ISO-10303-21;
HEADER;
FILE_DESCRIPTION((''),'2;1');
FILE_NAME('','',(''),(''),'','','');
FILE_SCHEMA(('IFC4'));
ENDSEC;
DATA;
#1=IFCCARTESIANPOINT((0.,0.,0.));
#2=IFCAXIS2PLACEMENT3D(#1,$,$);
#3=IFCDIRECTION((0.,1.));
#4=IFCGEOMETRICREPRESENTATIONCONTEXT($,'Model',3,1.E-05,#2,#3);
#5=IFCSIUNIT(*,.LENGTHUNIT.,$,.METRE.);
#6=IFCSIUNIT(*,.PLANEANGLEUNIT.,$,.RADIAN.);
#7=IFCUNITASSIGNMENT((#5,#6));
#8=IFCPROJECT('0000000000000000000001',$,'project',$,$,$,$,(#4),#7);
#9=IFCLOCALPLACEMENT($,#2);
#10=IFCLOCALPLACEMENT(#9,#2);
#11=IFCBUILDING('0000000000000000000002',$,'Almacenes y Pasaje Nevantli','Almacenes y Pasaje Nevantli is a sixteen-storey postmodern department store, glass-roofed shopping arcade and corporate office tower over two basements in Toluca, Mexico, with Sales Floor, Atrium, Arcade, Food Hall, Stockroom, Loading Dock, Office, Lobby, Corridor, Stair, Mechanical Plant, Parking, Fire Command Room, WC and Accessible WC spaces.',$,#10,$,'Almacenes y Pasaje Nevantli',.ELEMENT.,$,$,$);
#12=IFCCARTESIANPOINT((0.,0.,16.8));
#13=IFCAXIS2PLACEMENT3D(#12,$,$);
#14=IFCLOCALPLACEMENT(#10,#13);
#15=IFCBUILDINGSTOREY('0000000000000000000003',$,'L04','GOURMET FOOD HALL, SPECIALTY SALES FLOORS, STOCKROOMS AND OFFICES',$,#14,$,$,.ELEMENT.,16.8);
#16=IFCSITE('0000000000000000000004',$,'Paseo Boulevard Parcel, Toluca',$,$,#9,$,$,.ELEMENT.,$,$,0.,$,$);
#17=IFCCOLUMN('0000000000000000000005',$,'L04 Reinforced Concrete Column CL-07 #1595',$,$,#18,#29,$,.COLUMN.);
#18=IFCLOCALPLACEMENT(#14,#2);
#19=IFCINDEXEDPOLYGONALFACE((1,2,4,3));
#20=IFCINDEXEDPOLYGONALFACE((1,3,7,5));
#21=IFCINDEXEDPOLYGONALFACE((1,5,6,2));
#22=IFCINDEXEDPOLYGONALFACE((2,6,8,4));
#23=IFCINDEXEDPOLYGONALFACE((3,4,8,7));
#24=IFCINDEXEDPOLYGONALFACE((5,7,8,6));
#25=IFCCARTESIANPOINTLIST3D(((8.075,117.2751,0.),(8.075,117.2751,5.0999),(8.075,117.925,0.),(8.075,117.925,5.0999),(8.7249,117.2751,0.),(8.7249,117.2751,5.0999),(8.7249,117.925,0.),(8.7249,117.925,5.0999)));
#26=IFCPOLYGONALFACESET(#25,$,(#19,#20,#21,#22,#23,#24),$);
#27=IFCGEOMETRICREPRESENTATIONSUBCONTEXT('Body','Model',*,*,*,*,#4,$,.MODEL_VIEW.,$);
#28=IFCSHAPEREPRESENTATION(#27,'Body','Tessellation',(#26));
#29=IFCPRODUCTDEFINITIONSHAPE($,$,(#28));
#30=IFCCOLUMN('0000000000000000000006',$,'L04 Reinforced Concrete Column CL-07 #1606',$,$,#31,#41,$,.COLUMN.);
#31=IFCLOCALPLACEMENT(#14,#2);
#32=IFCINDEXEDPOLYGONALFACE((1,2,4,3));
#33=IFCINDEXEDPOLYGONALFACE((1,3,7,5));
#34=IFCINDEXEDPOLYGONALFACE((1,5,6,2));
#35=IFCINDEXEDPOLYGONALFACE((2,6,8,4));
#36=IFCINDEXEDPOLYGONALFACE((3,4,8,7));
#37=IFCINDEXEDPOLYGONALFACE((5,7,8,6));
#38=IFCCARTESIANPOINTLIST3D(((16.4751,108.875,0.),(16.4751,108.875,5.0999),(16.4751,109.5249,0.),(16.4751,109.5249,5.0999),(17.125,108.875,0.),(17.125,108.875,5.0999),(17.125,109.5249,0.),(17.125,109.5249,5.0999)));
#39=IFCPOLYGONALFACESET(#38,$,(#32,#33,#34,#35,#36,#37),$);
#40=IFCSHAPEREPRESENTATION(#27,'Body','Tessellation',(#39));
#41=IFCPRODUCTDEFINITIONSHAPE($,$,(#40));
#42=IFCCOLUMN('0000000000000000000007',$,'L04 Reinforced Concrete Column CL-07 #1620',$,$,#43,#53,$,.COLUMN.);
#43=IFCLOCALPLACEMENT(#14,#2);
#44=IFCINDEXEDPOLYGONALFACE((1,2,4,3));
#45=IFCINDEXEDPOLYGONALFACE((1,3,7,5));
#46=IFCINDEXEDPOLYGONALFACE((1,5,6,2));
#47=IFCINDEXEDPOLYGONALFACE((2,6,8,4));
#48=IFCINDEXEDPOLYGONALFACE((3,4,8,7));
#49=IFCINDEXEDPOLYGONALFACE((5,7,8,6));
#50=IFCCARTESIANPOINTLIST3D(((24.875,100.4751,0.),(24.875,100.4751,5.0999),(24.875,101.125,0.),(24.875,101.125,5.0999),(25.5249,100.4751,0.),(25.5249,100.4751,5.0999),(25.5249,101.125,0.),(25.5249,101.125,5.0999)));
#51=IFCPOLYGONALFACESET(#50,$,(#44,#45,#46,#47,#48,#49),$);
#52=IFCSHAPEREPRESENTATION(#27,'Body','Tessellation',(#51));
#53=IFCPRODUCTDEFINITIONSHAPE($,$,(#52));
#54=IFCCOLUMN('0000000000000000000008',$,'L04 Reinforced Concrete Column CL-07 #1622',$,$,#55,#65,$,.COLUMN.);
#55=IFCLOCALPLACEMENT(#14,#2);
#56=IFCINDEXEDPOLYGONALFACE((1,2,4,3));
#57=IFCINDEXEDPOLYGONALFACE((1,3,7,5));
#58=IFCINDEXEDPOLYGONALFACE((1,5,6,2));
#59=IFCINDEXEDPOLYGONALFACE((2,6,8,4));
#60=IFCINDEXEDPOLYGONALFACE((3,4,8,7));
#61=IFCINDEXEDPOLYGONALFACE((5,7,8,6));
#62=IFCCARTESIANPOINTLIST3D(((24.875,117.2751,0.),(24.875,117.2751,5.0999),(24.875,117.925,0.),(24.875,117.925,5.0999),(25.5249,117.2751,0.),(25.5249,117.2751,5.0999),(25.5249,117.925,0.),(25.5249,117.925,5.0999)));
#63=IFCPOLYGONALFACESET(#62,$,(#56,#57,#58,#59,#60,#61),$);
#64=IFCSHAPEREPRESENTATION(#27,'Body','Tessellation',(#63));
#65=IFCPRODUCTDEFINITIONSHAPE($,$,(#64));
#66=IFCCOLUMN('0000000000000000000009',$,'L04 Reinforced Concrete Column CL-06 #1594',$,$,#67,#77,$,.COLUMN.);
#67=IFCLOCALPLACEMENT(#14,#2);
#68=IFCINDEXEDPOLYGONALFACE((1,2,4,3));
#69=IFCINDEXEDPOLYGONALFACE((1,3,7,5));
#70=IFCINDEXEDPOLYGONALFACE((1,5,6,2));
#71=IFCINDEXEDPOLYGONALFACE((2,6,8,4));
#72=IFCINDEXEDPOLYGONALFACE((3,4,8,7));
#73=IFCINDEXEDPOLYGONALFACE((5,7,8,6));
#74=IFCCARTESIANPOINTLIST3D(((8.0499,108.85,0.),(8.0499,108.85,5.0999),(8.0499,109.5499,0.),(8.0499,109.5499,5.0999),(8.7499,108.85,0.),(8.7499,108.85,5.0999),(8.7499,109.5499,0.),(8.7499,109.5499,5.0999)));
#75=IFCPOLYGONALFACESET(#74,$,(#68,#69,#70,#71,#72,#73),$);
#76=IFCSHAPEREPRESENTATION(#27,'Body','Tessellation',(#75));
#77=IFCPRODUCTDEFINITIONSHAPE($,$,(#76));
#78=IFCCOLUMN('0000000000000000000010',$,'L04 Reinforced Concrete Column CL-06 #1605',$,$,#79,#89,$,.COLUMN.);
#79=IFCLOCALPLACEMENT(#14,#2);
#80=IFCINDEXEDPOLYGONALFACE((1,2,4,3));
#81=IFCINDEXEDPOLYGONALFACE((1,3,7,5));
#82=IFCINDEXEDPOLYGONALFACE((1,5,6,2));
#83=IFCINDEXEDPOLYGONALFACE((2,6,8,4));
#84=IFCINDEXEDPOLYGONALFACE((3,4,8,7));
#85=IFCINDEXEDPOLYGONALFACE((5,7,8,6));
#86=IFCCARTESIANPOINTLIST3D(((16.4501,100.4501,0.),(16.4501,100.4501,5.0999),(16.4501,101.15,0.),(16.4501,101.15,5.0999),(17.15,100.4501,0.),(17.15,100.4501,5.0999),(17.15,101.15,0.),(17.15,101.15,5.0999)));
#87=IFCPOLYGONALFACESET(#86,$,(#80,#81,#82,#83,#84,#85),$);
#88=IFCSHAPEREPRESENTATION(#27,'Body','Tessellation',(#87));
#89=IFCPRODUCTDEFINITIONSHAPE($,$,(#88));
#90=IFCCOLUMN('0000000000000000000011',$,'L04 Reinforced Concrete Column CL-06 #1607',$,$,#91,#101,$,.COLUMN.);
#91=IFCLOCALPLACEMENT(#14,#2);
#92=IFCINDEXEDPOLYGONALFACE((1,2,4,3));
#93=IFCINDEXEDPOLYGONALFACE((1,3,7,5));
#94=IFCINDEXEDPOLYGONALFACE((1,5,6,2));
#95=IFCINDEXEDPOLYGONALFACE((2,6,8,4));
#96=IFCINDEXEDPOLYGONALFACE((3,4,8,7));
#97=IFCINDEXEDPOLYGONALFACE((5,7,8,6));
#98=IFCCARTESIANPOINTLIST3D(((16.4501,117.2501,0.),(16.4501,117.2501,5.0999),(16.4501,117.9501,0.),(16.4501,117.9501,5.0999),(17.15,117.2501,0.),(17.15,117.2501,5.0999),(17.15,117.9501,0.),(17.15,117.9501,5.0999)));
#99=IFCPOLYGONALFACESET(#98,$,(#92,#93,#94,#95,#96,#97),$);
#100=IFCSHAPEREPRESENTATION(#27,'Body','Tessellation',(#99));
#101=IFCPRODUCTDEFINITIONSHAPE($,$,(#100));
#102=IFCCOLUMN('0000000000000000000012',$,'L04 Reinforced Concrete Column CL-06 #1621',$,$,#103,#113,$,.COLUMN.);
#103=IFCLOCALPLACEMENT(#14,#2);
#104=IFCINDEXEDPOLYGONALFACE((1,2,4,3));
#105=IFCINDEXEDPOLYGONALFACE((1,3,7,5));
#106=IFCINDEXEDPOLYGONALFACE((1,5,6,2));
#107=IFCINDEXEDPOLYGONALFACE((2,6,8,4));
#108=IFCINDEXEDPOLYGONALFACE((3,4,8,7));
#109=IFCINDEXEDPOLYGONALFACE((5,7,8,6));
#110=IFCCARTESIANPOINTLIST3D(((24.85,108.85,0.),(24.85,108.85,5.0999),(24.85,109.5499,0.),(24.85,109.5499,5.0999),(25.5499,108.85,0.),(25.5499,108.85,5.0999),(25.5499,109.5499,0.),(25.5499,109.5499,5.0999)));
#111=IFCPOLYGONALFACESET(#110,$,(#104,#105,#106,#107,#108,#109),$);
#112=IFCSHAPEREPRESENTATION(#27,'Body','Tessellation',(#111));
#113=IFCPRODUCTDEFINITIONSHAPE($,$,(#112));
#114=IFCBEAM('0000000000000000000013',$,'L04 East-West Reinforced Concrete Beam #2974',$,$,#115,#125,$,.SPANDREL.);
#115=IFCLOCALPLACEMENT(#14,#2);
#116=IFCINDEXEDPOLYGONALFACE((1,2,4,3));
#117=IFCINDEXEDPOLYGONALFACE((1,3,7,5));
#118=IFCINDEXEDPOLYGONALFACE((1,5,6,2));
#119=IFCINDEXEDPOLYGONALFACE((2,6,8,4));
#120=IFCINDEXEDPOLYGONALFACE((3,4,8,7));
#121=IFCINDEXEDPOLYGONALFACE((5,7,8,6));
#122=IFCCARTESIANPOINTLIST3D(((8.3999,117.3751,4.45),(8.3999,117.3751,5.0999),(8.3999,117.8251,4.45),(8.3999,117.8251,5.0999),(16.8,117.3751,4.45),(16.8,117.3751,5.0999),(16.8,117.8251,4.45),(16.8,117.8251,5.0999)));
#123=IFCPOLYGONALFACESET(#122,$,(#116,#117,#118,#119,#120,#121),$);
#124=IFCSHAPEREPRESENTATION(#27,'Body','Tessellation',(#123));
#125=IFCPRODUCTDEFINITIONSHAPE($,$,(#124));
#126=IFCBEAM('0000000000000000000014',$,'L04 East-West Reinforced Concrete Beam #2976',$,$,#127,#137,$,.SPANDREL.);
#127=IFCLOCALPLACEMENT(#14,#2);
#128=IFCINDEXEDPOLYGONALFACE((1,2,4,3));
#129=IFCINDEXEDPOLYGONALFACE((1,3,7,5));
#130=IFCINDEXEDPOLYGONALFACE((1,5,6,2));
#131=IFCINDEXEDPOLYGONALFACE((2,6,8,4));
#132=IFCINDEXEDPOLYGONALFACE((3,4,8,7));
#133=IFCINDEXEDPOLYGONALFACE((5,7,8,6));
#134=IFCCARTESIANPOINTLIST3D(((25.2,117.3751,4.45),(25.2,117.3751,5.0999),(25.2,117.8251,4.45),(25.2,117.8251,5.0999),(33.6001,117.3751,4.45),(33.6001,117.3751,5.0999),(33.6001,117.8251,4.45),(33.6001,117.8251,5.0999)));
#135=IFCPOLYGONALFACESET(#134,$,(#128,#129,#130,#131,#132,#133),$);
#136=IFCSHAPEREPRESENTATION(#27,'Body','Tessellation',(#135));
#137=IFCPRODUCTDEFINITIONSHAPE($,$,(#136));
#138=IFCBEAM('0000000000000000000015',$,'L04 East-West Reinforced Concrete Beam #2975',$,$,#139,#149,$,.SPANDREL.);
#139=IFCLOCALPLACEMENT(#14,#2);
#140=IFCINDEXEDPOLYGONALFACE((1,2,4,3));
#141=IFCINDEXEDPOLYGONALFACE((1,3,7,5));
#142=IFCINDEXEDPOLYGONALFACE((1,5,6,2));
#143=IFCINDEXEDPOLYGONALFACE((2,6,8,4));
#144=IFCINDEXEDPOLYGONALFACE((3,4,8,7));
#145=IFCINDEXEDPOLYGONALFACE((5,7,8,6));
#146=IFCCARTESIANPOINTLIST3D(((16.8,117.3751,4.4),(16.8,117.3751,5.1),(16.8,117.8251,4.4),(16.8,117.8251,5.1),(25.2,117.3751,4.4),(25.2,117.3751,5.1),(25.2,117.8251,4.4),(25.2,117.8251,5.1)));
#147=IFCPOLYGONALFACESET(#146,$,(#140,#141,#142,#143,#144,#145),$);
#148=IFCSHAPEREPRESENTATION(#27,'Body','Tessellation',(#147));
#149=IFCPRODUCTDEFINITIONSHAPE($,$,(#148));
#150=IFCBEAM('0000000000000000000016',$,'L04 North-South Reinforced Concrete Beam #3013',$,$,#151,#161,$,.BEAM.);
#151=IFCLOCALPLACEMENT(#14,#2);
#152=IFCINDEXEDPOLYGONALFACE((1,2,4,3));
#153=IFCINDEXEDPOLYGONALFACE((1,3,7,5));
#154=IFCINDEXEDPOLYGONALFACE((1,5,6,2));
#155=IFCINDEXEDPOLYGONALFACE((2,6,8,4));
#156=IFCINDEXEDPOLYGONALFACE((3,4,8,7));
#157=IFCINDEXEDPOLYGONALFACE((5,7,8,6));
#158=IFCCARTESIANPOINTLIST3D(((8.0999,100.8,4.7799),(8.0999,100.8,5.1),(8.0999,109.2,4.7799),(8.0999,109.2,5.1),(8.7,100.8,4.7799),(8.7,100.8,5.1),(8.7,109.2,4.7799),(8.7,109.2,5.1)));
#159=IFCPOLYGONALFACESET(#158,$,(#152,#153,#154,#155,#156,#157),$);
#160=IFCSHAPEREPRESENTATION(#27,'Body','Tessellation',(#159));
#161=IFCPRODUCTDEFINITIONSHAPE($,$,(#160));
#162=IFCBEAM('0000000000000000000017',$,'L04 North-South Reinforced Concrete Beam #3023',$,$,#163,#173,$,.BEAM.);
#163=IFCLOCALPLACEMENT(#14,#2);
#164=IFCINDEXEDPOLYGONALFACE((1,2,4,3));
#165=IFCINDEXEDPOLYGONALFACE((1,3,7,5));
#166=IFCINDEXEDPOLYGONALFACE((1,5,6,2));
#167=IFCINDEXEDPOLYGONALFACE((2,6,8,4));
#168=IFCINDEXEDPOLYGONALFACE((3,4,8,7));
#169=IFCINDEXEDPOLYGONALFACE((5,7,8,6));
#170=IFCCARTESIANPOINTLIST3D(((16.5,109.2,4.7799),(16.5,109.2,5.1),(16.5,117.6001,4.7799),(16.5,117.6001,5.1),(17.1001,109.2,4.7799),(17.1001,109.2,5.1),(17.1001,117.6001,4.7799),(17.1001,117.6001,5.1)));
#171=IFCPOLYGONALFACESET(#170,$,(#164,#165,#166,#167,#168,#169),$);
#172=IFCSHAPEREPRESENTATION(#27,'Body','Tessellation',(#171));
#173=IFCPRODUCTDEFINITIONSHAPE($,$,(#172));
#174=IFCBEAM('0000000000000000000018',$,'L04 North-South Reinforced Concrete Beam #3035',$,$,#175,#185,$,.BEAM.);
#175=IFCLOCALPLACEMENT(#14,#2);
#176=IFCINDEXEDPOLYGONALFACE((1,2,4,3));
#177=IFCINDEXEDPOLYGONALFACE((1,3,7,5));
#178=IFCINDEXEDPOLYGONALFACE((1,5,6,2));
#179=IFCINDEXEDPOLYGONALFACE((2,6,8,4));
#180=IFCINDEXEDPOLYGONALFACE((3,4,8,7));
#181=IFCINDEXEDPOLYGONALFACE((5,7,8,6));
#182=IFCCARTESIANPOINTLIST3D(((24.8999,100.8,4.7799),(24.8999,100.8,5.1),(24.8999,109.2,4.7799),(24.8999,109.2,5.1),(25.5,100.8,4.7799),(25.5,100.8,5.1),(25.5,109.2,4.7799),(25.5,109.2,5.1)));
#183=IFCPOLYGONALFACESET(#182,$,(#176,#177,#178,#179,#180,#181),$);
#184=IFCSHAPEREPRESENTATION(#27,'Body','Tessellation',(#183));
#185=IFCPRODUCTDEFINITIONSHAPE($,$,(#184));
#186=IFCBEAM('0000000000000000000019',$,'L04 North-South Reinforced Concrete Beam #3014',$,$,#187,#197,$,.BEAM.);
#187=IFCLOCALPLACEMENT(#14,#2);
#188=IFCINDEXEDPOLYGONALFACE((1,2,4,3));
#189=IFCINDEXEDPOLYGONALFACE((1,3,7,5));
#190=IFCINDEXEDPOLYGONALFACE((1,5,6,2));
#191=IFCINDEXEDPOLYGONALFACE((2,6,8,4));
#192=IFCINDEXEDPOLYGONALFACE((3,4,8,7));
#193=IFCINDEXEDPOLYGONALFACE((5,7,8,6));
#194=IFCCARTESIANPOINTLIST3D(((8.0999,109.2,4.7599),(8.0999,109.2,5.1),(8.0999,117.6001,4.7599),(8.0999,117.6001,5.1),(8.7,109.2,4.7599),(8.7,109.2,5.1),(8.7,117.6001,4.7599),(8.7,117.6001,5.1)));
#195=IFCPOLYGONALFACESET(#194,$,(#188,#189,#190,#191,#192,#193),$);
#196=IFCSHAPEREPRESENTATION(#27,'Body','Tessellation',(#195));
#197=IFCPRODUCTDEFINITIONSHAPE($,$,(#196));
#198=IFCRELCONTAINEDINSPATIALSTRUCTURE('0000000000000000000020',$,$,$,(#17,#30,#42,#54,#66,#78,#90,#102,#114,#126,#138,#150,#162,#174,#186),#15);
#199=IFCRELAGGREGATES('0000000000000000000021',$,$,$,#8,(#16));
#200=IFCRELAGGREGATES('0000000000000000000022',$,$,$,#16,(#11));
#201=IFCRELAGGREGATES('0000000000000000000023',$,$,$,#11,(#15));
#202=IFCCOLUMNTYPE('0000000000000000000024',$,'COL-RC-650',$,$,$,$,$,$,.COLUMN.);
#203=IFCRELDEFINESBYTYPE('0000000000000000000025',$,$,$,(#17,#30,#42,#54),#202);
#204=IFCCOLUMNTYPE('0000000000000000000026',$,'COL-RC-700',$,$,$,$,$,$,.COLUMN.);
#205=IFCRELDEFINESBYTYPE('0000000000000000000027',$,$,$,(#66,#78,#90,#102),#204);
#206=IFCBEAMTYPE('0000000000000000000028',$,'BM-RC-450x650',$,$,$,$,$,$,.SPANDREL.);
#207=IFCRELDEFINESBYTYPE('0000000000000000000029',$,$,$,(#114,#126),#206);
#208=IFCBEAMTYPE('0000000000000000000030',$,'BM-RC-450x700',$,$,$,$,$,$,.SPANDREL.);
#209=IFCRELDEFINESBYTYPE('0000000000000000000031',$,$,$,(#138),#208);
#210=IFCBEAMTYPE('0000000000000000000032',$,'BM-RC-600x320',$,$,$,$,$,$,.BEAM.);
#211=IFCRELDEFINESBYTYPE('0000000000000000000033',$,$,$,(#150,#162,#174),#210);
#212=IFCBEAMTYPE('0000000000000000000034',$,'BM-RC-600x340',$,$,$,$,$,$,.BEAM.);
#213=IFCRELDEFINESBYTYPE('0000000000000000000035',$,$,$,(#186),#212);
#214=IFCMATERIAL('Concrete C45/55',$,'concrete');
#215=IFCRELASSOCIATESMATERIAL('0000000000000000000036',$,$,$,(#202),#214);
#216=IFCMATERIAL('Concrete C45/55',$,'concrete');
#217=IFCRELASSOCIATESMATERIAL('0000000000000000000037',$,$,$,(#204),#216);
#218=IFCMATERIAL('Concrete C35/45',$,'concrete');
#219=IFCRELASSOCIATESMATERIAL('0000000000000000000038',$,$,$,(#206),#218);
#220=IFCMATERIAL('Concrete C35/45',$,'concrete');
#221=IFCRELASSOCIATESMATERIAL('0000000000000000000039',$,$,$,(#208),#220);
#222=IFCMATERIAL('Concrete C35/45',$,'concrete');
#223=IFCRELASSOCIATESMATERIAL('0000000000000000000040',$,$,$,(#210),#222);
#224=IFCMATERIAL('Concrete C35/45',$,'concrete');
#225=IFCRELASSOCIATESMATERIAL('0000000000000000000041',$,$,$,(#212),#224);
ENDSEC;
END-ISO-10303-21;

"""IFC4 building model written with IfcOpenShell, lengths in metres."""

from ifc_helpers import new_model, si_unit, direction, frame, origin, origin_2d, place, context, subcontext, project, spatial, rectangle, extrude, material, material_profile, profile_set, type_object, element, save


model = new_model("IFC4")

# Units and contexts
model_context = context("Model", 3, precision=1e-05, world=origin(), true_north=direction((0.0, 1.0)))
body_context = subcontext(model_context, "Body", "Model", "MODEL_VIEW")
ifc_project = project(units=[si_unit("LENGTHUNIT", "METRE"), si_unit("PLANEANGLEUNIT", "RADIAN")], contexts=[model_context])

# Site, building, storey
site_placement = place(None, origin())
site = spatial("IfcSite", under=ifc_project, at=site_placement, Name="Paseo Boulevard Parcel, Toluca", CompositionType="ELEMENT", RefElevation=0.0)
building_placement = place(site_placement, origin())
building = spatial("IfcBuilding", under=site, at=building_placement, Name="Almacenes y Pasaje Nevantli", Description="Almacenes y Pasaje Nevantli is a sixteen-storey postmodern department store, glass-roofed shopping arcade and corporate office tower over two basements in Toluca, Mexico, with Sales Floor, Atrium, Arcade, Food Hall, Stockroom, Loading Dock, Office, Lobby, Corridor, Stair, Mechanical Plant, Parking, Fire Command Room, WC and Accessible WC spaces.", LongName="Almacenes y Pasaje Nevantli", CompositionType="ELEMENT")
storey_placement = place(building_placement, frame((0.0, 0.0, 16.8)))
storey = spatial("IfcBuildingStorey", under=building, at=storey_placement, Name="L04", Description="GOURMET FOOD HALL, SPECIALTY SALES FLOORS, STOCKROOMS AND OFFICES", CompositionType="ELEMENT", Elevation=16.8)

# Columns
ifc_material_1 = material(Name="Concrete C45/55", Category="concrete")
ifc_material_profile_1 = material_profile(ifc_material_1, rectangle(XDim=0.6499, YDim=0.6499, at=origin_2d()), Name="RC-COL-650x650")
ifc_profile_set_1 = profile_set([ifc_material_profile_1], Name="Concrete C45/55")
column_type_1 = type_object("IfcColumnType", Name="COL-RC-650", PredefinedType="COLUMN", material=ifc_profile_set_1)
for number, where, z_axis, x_axis, name in (
    (1, (8.3999, 117.6001, 0.0), (0.0, 0.0, 1.0), (1.0, 0.0, 0.0), "L04 Reinforced Concrete Column CL-07 #1595"),
    (2, (16.8, 109.2, 0.0), (0.0, 0.0, 1.0), (1.0, 0.0, 0.0), "L04 Reinforced Concrete Column CL-07 #1606"),
    (3, (25.2, 100.8, 0.0), (0.0, 0.0, 1.0), (1.0, 0.0, 0.0), "L04 Reinforced Concrete Column CL-07 #1620"),
    (4, (25.2, 117.6001, 0.0), (0.0, 0.0, 1.0), (1.0, 0.0, 0.0), "L04 Reinforced Concrete Column CL-07 #1622"),
):
    element("IfcColumn", number, at=place(storey_placement, frame(where, z_axis=z_axis, x_axis=x_axis)), inside=storey, type_object=column_type_1, Name=name, PredefinedType="COLUMN", context=body_context, shape_type="SweptSolid", body=[
        extrude(rectangle(XDim=0.6499, YDim=0.6499, at=origin_2d()), origin(), (0.0, 0.0, 1.0), 5.0999),
    ])
ifc_material_2 = material(Name="Concrete C45/55", Category="concrete")
ifc_material_profile_2 = material_profile(ifc_material_2, rectangle(XDim=0.7, YDim=0.7, at=origin_2d()), Name="RC-COL-700x700")
ifc_profile_set_2 = profile_set([ifc_material_profile_2], Name="Concrete C45/55")
column_type_2 = type_object("IfcColumnType", Name="COL-RC-700", PredefinedType="COLUMN", material=ifc_profile_set_2)
for number, where, z_axis, x_axis, name in (
    (5, (8.3999, 109.2, 0.0), (0.0, 0.0, 1.0), (1.0, 0.0, 0.0), "L04 Reinforced Concrete Column CL-06 #1594"),
    (6, (16.8, 100.8, 0.0), (0.0, 0.0, 1.0), (1.0, 0.0, 0.0), "L04 Reinforced Concrete Column CL-06 #1605"),
    (7, (16.8, 117.6001, 0.0), (0.0, 0.0, 1.0), (1.0, 0.0, 0.0), "L04 Reinforced Concrete Column CL-06 #1607"),
    (8, (25.2, 109.2, 0.0), (0.0, 0.0, 1.0), (1.0, 0.0, 0.0), "L04 Reinforced Concrete Column CL-06 #1621"),
):
    element("IfcColumn", number, at=place(storey_placement, frame(where, z_axis=z_axis, x_axis=x_axis)), inside=storey, type_object=column_type_2, Name=name, PredefinedType="COLUMN", context=body_context, shape_type="SweptSolid", body=[
        extrude(rectangle(XDim=0.7, YDim=0.7, at=origin_2d()), origin(), (0.0, 0.0, 1.0), 5.0999),
    ])

# Beams
ifc_material_3 = material(Name="Concrete C35/45", Category="concrete")
ifc_material_profile_3 = material_profile(ifc_material_3, rectangle(XDim=0.45, YDim=0.6499, at=origin_2d()), Name="RC-BM-450x650")
ifc_profile_set_3 = profile_set([ifc_material_profile_3], Name="Concrete C35/45")
beam_type_1 = type_object("IfcBeamType", Name="BM-RC-450x650", PredefinedType="SPANDREL", material=ifc_profile_set_3)
for number, where, z_axis, x_axis, name in (
    (9, (8.3999, 117.6001, 4.7749), (1.0, 0.0, 0.0), (0.0, 1.0, 0.0), "L04 East-West Reinforced Concrete Beam #2974"),
    (10, (25.2, 117.6001, 4.7749), (1.0, 0.0, 0.0), (0.0, 1.0, 0.0), "L04 East-West Reinforced Concrete Beam #2976"),
):
    element("IfcBeam", number, at=place(storey_placement, frame(where, z_axis=z_axis, x_axis=x_axis)), inside=storey, type_object=beam_type_1, Name=name, PredefinedType="SPANDREL", context=body_context, shape_type="SweptSolid", body=[
        extrude(rectangle(XDim=0.45, YDim=0.6499, at=origin_2d()), origin(), (0.0, 0.0, 1.0), 8.4001),
    ])
ifc_material_4 = material(Name="Concrete C35/45", Category="concrete")
ifc_material_profile_4 = material_profile(ifc_material_4, rectangle(XDim=0.45, YDim=0.7, at=origin_2d()), Name="RC-BM-450x700")
ifc_profile_set_4 = profile_set([ifc_material_profile_4], Name="Concrete C35/45")
beam_type_2 = type_object("IfcBeamType", Name="BM-RC-450x700", PredefinedType="SPANDREL", material=ifc_profile_set_4)
beam_1_placement = place(storey_placement, frame((16.8, 117.6001, 4.75), z_axis=(1.0, 0.0, 0.0), x_axis=(0.0, 1.0, 0.0)))
element("IfcBeam", 11, at=beam_1_placement, inside=storey, type_object=beam_type_2, Name="L04 East-West Reinforced Concrete Beam #2975", PredefinedType="SPANDREL", context=body_context, shape_type="SweptSolid", body=[
    extrude(rectangle(XDim=0.45, YDim=0.7, at=origin_2d()), origin(), (0.0, 0.0, 1.0), 8.3999),
])
ifc_material_5 = material(Name="Concrete C35/45", Category="concrete")
ifc_material_profile_5 = material_profile(ifc_material_5, rectangle(XDim=0.6001, YDim=0.3201, at=origin_2d()), Name="RC-BM-600x320")
ifc_profile_set_5 = profile_set([ifc_material_profile_5], Name="Concrete C35/45")
beam_type_3 = type_object("IfcBeamType", Name="BM-RC-600x320", PredefinedType="BEAM", material=ifc_profile_set_5)
beam_2_placement = place(storey_placement, frame((8.3999, 100.8, 4.9399), z_axis=(0.0, 1.0, 0.0), x_axis=(-1.0, 0.0, 0.0)))
element("IfcBeam", 12, at=beam_2_placement, inside=storey, type_object=beam_type_3, Name="L04 North-South Reinforced Concrete Beam #3013", PredefinedType="BEAM", context=body_context, shape_type="SweptSolid", body=[
    extrude(rectangle(XDim=0.6001, YDim=0.3201, at=origin_2d()), origin(), (0.0, 0.0, 1.0), 8.3999),
])
beam_3_placement = place(storey_placement, frame((16.8, 109.2, 4.9399), z_axis=(0.0, 1.0, 0.0), x_axis=(-1.0, 0.0, 0.0)))
element("IfcBeam", 13, at=beam_3_placement, inside=storey, type_object=beam_type_3, Name="L04 North-South Reinforced Concrete Beam #3023", PredefinedType="BEAM", context=body_context, shape_type="SweptSolid", body=[
    extrude(rectangle(XDim=0.6001, YDim=0.3201, at=origin_2d()), origin(), (0.0, 0.0, 1.0), 8.4001),
])
beam_4_placement = place(storey_placement, frame((25.2, 100.8, 4.9399), z_axis=(0.0, 1.0, 0.0), x_axis=(-1.0, 0.0, 0.0)))
element("IfcBeam", 14, at=beam_4_placement, inside=storey, type_object=beam_type_3, Name="L04 North-South Reinforced Concrete Beam #3035", PredefinedType="BEAM", context=body_context, shape_type="SweptSolid", body=[
    extrude(rectangle(XDim=0.6001, YDim=0.3201, at=origin_2d()), origin(), (0.0, 0.0, 1.0), 8.3999),
])
ifc_material_6 = material(Name="Concrete C35/45", Category="concrete")
ifc_material_profile_6 = material_profile(ifc_material_6, rectangle(XDim=0.6001, YDim=0.3401, at=origin_2d()), Name="RC-BM-600x340")
ifc_profile_set_6 = profile_set([ifc_material_profile_6], Name="Concrete C35/45")
beam_type_4 = type_object("IfcBeamType", Name="BM-RC-600x340", PredefinedType="BEAM", material=ifc_profile_set_6)
beam_5_placement = place(storey_placement, frame((8.3999, 109.2, 4.9299), z_axis=(0.0, 1.0, 0.0), x_axis=(-1.0, 0.0, 0.0)))
element("IfcBeam", 15, at=beam_5_placement, inside=storey, type_object=beam_type_4, Name="L04 North-South Reinforced Concrete Beam #3014", PredefinedType="BEAM", context=body_context, shape_type="SweptSolid", body=[
    extrude(rectangle(XDim=0.6001, YDim=0.3401, at=origin_2d()), origin(), (0.0, 0.0, 1.0), 8.4001),
])

save(model, "model.ifc")
